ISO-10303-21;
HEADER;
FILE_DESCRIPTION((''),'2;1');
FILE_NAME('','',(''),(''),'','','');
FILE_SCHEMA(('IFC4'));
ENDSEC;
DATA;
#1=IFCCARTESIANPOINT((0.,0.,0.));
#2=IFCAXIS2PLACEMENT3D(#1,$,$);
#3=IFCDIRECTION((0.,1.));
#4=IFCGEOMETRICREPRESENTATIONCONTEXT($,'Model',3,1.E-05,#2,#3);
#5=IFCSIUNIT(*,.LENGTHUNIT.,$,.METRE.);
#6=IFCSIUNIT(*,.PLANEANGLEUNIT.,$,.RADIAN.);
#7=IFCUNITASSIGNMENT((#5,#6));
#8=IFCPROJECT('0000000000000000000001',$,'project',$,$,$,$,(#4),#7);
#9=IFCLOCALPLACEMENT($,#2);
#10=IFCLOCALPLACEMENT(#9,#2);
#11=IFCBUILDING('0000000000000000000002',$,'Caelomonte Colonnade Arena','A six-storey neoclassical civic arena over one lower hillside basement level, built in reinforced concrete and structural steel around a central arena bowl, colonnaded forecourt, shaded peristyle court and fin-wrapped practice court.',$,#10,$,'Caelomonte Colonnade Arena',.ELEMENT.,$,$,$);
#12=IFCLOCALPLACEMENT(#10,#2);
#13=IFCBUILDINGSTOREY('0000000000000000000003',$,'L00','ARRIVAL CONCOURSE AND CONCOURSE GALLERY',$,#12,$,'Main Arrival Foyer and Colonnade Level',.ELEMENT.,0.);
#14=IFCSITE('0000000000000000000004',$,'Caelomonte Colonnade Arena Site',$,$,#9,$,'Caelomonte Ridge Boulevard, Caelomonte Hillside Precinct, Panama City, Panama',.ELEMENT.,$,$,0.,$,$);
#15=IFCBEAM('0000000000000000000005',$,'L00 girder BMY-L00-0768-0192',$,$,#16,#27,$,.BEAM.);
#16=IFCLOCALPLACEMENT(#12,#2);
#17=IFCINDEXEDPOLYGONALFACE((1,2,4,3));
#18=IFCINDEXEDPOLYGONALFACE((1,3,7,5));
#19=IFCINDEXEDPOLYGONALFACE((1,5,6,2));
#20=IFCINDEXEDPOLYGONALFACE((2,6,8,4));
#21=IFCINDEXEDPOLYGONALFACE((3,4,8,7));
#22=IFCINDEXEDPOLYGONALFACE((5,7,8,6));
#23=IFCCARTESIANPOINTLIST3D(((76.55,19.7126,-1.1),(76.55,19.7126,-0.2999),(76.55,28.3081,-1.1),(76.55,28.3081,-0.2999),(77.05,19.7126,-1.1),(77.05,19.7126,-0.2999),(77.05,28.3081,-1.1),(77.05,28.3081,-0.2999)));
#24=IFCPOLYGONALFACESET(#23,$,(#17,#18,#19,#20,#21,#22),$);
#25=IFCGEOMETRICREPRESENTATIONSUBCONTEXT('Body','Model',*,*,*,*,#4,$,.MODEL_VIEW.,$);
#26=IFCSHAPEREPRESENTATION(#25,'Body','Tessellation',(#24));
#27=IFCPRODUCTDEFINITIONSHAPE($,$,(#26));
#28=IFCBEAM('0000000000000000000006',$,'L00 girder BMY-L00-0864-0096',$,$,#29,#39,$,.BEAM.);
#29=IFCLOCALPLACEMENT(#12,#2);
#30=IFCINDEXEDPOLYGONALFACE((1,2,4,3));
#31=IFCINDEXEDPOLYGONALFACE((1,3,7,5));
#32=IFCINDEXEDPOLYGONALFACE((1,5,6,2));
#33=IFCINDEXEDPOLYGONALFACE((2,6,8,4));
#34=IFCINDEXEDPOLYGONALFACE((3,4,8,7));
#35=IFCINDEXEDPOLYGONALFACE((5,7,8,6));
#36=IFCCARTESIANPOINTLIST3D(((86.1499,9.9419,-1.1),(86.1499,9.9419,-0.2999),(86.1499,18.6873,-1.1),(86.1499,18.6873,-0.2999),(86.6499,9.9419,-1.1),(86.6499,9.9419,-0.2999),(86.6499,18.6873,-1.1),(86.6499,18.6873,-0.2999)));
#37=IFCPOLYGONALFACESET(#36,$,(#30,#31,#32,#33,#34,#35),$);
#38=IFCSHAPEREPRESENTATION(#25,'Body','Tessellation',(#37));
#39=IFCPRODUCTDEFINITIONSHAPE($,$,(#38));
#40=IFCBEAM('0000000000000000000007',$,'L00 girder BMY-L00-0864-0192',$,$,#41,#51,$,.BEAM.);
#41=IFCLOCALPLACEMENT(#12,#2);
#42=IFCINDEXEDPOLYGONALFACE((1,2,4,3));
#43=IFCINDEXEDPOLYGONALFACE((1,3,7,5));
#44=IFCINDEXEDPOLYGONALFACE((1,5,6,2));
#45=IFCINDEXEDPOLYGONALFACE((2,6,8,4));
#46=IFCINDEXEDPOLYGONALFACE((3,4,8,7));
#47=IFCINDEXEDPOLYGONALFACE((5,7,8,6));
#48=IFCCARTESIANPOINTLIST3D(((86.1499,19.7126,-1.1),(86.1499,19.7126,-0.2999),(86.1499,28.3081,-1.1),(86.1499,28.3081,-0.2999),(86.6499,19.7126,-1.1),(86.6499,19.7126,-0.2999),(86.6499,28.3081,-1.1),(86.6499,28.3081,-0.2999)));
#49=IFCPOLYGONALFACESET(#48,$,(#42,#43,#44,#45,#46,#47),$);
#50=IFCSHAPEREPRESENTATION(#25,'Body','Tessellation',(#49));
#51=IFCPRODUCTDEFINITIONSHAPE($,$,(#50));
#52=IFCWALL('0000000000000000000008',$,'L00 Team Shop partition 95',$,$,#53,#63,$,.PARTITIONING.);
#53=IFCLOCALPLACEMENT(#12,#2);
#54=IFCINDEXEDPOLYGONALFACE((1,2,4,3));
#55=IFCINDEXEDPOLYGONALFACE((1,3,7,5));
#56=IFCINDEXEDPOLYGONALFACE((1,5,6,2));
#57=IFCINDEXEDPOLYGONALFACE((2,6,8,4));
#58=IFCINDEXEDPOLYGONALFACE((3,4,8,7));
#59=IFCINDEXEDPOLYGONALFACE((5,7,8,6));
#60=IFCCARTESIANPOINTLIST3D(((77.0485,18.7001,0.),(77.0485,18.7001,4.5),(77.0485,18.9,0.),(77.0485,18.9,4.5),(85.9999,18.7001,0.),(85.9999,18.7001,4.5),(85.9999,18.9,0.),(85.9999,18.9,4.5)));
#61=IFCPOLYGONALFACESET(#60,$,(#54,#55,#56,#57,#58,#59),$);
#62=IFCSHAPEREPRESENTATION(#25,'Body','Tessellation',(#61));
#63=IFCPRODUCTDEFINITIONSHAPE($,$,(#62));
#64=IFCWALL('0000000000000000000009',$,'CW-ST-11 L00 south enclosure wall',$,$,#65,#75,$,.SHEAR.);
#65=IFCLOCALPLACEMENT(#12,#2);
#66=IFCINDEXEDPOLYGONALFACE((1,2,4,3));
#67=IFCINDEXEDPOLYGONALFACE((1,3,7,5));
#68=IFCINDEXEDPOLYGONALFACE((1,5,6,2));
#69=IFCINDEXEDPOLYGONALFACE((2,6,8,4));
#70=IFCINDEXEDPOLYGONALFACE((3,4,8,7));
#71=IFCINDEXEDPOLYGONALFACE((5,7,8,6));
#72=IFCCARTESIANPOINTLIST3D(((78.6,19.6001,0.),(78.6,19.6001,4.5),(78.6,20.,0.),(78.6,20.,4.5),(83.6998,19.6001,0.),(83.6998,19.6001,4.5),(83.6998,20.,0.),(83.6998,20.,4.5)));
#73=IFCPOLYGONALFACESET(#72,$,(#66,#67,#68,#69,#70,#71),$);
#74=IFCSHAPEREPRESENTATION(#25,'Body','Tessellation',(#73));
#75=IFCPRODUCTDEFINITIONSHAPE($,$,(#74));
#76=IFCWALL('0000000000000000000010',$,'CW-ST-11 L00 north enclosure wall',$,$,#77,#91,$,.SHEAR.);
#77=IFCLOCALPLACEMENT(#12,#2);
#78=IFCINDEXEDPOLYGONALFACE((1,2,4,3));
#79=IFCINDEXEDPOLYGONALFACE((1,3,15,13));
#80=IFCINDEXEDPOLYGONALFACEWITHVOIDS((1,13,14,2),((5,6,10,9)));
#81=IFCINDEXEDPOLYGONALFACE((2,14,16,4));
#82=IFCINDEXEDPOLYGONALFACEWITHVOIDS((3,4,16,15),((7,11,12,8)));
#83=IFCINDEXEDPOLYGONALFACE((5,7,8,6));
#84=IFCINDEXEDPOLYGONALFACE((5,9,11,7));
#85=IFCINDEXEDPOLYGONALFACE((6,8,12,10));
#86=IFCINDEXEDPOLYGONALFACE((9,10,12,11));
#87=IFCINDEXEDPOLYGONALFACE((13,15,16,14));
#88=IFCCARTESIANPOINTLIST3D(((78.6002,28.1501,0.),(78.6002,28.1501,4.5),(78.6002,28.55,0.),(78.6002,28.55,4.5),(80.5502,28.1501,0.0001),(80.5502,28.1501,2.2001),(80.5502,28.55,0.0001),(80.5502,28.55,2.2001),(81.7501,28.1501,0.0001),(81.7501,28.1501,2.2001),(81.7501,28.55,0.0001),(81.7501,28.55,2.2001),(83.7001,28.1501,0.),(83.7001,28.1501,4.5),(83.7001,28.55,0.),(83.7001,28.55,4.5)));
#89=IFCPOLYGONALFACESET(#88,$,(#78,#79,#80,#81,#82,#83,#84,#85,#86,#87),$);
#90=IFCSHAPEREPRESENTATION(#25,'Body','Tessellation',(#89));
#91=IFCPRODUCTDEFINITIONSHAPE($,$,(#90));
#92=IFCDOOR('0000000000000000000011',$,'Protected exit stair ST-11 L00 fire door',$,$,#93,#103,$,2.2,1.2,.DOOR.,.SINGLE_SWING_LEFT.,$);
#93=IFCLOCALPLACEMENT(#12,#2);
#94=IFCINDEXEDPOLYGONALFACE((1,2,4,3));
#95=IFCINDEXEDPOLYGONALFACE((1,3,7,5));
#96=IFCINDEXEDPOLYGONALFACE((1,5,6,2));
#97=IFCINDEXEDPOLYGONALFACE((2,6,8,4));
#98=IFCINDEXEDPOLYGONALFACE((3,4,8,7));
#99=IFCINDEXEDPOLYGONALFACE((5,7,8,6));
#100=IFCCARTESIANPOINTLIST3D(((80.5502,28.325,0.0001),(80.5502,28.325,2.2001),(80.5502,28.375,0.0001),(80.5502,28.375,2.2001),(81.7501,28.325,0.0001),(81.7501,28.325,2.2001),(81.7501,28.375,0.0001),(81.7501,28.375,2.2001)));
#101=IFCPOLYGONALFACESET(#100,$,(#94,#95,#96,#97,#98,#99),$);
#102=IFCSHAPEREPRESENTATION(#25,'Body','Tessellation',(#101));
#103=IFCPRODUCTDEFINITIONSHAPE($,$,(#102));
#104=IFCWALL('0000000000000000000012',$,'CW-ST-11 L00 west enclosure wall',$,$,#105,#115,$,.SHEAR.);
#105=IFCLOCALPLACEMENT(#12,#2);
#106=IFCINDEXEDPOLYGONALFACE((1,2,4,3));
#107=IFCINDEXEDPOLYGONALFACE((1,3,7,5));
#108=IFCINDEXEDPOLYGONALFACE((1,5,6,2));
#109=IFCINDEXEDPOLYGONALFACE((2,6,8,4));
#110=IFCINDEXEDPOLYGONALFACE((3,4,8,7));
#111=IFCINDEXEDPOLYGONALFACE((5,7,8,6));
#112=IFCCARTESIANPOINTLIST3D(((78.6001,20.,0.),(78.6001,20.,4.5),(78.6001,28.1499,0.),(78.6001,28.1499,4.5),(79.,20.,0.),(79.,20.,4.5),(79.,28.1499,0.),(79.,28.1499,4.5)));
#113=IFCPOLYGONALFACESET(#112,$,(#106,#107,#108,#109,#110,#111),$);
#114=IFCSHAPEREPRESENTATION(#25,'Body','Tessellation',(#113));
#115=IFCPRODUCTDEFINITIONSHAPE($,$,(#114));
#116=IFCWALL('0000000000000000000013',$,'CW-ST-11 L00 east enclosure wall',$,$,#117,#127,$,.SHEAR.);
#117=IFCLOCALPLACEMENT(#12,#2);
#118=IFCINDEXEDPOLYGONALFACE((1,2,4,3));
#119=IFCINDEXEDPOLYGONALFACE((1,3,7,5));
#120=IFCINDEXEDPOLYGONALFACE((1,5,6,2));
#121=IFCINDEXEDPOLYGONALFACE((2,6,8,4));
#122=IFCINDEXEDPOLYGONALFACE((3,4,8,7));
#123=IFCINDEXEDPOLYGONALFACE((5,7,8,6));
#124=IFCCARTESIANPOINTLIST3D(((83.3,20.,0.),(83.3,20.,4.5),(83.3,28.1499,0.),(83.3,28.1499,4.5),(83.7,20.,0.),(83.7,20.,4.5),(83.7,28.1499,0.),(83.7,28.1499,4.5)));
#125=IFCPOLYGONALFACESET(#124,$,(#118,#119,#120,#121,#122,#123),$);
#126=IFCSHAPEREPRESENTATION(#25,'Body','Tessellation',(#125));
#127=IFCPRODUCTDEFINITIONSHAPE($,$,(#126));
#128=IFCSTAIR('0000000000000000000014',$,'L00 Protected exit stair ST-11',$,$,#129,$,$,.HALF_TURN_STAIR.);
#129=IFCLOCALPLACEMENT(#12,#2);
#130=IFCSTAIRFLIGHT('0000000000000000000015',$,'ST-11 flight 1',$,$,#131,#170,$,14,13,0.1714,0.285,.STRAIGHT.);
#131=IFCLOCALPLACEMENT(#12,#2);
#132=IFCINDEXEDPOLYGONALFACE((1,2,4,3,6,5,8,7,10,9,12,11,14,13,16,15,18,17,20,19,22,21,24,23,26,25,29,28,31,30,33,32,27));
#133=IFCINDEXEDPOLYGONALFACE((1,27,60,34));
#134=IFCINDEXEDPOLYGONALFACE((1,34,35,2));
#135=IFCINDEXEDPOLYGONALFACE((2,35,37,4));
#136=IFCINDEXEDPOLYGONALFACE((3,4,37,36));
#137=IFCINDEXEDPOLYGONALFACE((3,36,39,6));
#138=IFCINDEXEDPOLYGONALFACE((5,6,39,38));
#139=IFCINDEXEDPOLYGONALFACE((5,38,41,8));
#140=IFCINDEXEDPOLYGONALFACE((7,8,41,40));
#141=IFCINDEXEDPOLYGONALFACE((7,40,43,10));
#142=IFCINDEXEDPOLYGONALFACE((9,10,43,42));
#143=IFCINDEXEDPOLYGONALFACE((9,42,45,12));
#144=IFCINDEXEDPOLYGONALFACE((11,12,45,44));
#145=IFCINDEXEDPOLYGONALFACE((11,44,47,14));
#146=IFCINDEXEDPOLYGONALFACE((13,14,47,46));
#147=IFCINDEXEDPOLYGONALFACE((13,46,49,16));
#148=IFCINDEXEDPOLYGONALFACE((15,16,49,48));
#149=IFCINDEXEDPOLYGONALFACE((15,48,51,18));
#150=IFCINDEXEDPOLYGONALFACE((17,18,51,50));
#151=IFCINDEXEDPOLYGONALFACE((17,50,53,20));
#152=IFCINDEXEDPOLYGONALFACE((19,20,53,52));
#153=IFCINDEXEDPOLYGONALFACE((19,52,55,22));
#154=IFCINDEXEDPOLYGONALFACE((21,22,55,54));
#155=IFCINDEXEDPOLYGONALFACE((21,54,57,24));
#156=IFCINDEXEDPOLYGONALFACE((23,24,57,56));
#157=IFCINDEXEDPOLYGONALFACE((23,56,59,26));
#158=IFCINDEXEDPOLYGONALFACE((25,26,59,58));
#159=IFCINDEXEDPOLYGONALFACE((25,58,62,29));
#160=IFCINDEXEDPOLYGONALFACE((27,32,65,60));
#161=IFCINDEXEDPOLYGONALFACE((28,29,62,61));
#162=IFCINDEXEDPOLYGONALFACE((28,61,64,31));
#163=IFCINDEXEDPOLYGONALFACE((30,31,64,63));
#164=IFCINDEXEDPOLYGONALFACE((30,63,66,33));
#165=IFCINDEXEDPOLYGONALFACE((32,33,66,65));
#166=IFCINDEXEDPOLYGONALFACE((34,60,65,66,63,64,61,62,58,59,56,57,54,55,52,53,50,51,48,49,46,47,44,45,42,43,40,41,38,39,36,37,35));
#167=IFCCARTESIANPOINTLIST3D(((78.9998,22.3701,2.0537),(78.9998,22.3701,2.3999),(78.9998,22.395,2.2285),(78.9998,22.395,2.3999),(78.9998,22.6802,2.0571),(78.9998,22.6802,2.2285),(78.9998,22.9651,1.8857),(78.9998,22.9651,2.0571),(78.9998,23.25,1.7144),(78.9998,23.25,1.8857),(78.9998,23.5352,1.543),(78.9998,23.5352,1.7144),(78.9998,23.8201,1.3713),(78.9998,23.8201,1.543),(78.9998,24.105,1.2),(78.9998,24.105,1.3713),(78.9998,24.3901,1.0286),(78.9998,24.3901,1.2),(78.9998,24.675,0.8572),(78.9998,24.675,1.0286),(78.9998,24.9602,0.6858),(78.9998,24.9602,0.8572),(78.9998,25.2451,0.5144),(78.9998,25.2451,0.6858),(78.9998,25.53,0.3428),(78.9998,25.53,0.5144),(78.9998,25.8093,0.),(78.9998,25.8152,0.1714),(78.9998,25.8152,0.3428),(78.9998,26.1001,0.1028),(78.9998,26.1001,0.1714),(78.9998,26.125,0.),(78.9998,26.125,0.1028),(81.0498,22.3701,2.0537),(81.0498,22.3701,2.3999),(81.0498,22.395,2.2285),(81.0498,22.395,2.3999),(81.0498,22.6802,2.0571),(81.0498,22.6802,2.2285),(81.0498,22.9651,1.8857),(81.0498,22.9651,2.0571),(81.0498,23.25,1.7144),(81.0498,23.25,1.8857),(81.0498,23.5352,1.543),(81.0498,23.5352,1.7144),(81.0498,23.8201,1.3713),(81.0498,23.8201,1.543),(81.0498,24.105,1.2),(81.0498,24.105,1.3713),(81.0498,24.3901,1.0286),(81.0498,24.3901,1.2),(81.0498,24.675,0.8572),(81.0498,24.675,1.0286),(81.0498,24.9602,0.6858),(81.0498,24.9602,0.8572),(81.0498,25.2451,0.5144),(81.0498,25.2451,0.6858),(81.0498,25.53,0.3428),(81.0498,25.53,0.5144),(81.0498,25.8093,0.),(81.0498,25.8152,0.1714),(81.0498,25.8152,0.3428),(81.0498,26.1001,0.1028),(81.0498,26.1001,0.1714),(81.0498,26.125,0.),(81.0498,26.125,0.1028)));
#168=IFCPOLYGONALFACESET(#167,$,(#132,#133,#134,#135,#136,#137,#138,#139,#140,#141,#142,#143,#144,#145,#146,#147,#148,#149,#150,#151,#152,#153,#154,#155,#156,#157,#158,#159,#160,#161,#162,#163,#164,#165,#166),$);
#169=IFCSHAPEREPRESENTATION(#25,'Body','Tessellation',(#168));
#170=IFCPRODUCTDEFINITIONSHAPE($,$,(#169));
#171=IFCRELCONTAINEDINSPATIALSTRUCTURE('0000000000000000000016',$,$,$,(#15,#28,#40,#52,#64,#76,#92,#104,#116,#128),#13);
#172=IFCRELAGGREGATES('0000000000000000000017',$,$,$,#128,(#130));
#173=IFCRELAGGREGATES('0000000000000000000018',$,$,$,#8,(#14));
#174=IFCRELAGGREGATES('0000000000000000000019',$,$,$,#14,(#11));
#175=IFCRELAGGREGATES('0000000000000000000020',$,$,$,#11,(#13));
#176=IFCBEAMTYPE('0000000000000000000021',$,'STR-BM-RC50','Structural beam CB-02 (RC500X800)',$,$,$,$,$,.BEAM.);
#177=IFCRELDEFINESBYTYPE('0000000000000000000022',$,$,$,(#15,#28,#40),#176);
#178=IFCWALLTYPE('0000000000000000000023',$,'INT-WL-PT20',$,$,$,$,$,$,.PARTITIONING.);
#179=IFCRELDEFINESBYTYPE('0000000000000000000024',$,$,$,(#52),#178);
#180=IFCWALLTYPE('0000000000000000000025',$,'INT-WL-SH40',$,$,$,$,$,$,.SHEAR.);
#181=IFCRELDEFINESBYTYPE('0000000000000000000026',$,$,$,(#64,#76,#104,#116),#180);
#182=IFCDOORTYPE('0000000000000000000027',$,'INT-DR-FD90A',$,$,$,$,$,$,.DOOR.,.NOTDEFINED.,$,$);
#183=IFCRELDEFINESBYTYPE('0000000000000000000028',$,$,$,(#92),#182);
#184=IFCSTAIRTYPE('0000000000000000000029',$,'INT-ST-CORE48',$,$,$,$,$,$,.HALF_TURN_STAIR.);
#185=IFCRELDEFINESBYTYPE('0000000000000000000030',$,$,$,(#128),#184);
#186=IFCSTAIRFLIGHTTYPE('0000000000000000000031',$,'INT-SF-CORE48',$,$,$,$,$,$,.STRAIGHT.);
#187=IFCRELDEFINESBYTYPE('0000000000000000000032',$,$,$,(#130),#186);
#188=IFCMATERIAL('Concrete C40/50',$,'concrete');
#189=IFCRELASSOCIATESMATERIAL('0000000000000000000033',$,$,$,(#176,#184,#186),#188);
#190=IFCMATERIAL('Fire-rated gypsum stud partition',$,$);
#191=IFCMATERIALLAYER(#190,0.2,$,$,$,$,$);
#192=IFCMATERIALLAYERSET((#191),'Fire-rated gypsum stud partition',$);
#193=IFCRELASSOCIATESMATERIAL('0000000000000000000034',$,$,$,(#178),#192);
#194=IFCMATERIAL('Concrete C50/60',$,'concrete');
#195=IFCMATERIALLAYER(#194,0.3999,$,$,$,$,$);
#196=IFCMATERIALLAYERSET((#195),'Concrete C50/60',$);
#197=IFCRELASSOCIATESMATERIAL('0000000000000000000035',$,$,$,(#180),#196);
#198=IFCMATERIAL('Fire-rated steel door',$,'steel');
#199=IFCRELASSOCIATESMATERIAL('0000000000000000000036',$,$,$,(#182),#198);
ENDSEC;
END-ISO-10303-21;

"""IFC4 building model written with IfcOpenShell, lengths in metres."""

from ifc_helpers import new_model, si_unit, direction, frame, frame_2d, origin, origin_2d, place, context, subcontext, project, spatial, polyline, rectangle, outline, extrude, material, layer, layer_set, material_profile, profile_set, type_object, element, fill, aggregate, save


model = new_model("IFC4")

# Units and contexts
model_context = context("Model", 3, precision=1e-05, world=origin(), true_north=direction((0.0, 1.0)))
body_context = subcontext(model_context, "Body", "Model", "MODEL_VIEW")
ifc_project = project(units=[si_unit("LENGTHUNIT", "METRE"), si_unit("PLANEANGLEUNIT", "RADIAN")], contexts=[model_context])

# Site, building, storey
site_placement = place(None, origin())
site = spatial("IfcSite", under=ifc_project, at=site_placement, Name="Caelomonte Colonnade Arena Site", LongName="Caelomonte Ridge Boulevard, Caelomonte Hillside Precinct, Panama City, Panama", CompositionType="ELEMENT", RefElevation=0.0)
building_placement = place(site_placement, origin())
building = spatial("IfcBuilding", under=site, at=building_placement, Name="Caelomonte Colonnade Arena", Description="A six-storey neoclassical civic arena over one lower hillside basement level, built in reinforced concrete and structural steel around a central arena bowl, colonnaded forecourt, shaded peristyle court and fin-wrapped practice court.", LongName="Caelomonte Colonnade Arena", CompositionType="ELEMENT")
storey_placement = place(building_placement, origin())
storey = spatial("IfcBuildingStorey", under=building, at=storey_placement, Name="L00", Description="ARRIVAL CONCOURSE AND CONCOURSE GALLERY", LongName="Main Arrival Foyer and Colonnade Level", CompositionType="ELEMENT", Elevation=0.0)

# Shared definitions
ifc_material_1 = material(Name="Concrete C50/60", Category="concrete")
ifc_material_2 = material(Name="Concrete C40/50", Category="concrete")

# Beams
ifc_material_profile_1 = material_profile(ifc_material_2, rectangle(XDim=0.5, YDim=0.8, at=origin_2d()), Name="RC500X800")
ifc_profile_set_1 = profile_set([ifc_material_profile_1], Name="Concrete C40/50")
beam_type_1 = type_object("IfcBeamType", Name="STR-BM-RC50", Description="Structural beam CB-02 (RC500X800)", PredefinedType="BEAM", material=ifc_profile_set_1)
beam_1_placement = place(storey_placement, frame((76.8, 19.7126, -0.7), z_axis=(0.0, 1.0, 0.0), x_axis=(-1.0, 0.0, 0.0)))
element("IfcBeam", 1, at=beam_1_placement, inside=storey, type_object=beam_type_1, Name="L00 girder BMY-L00-0768-0192", PredefinedType="BEAM", context=body_context, shape_type="SweptSolid", body=[
    extrude(rectangle(XDim=0.5, YDim=0.8, at=origin_2d()), origin(), (0.0, 0.0, 1.0), 8.5955),
])
beam_2_placement = place(storey_placement, frame((86.3999, 9.9419, -0.7), z_axis=(0.0, 1.0, 0.0), x_axis=(-1.0, 0.0, 0.0)))
element("IfcBeam", 2, at=beam_2_placement, inside=storey, type_object=beam_type_1, Name="L00 girder BMY-L00-0864-0096", PredefinedType="BEAM", context=body_context, shape_type="SweptSolid", body=[
    extrude(rectangle(XDim=0.5, YDim=0.8, at=origin_2d()), origin(), (0.0, 0.0, 1.0), 8.7454),
])
beam_3_placement = place(storey_placement, frame((86.3999, 19.7126, -0.7), z_axis=(0.0, 1.0, 0.0), x_axis=(-1.0, 0.0, 0.0)))
element("IfcBeam", 3, at=beam_3_placement, inside=storey, type_object=beam_type_1, Name="L00 girder BMY-L00-0864-0192", PredefinedType="BEAM", context=body_context, shape_type="SweptSolid", body=[
    extrude(rectangle(XDim=0.5, YDim=0.8, at=origin_2d()), origin(), (0.0, 0.0, 1.0), 8.5955),
])

# Walls
ifc_material_3 = material(Name="Fire-rated gypsum stud partition")
ifc_layer_1 = layer(ifc_material_3, 0.2)
ifc_layer_set_1 = layer_set([ifc_layer_1], Name="Fire-rated gypsum stud partition")
wall_type_1 = type_object("IfcWallType", Name="INT-WL-PT20", PredefinedType="PARTITIONING", material=ifc_layer_set_1)
wall_1_placement = place(storey_placement, frame((77.0486, 18.8, 0.0), z_axis=(0.0, 0.0, 1.0), x_axis=(1.0, 0.0, 0.0)))
element("IfcWall", 4, at=wall_1_placement, inside=storey, type_object=wall_type_1, Name="L00 Team Shop partition 95", PredefinedType="PARTITIONING", context=body_context, shape_type="SweptSolid", body=[
    extrude(rectangle(XDim=8.9514, YDim=0.2, at=frame_2d((4.4756, 0.0))), origin(), (0.0, 0.0, 1.0), 4.5),
])
ifc_layer_2 = layer(ifc_material_1, 0.3999)
ifc_layer_set_2 = layer_set([ifc_layer_2], Name="Concrete C50/60")
wall_type_2 = type_object("IfcWallType", Name="INT-WL-SH40", PredefinedType="SHEAR", material=ifc_layer_set_2)
wall_2_placement = place(storey_placement, frame((78.6001, 19.8, 0.0), z_axis=(0.0, 0.0, 1.0), x_axis=(1.0, 0.0, 0.0)))
element("IfcWall", 5, at=wall_2_placement, inside=storey, type_object=wall_type_2, Name="CW-ST-11 L00 south enclosure wall", PredefinedType="SHEAR", context=body_context, shape_type="SweptSolid", body=[
    extrude(rectangle(XDim=5.0999, YDim=0.3999, at=frame_2d((2.5498, 0.0))), origin(), (0.0, 0.0, 1.0), 4.5),
])

# Wall, opening, door
wall_3_placement = place(storey_placement, frame((83.7, 28.3501, 0.0), z_axis=(0.0, 0.0, 1.0), x_axis=(-1.0, 0.0, 0.0)))
wall_3 = element("IfcWall", 6, at=wall_3_placement, inside=storey, type_object=wall_type_2, Name="CW-ST-11 L00 north enclosure wall", PredefinedType="SHEAR", context=body_context, shape_type="SweptSolid", body=[
    extrude(rectangle(XDim=5.0999, YDim=0.3999, at=frame_2d((2.5498, 0.0))), origin(), (0.0, 0.0, 1.0), 4.5),
])
opening_1_placement = place(wall_3_placement, frame((3.1499, 0.0, 0.0), z_axis=(0.0, 0.0, 1.0), x_axis=(-1.0, 0.0, 0.0)))
opening_1 = element("IfcOpeningElement", 7, at=opening_1_placement, cuts=wall_3, PredefinedType="OPENING", context=body_context, shape_type="SweptSolid", body=[
    extrude(rectangle(XDim=1.2, YDim=2.2, at=frame_2d((0.6001, 1.1001))), frame((0.0, 0.21, 0.0), z_axis=(0.0, -1.0, 0.0), x_axis=(1.0, 0.0, 0.0)), (0.0, 0.0, 1.0), 0.4199),
])
ifc_material_4 = material(Name="Fire-rated steel door", Category="steel")
door_type_1 = type_object("IfcDoorType", Name="INT-DR-FD90A", OperationType="NOTDEFINED", PredefinedType="DOOR", material=ifc_material_4)
door_1_placement = place(opening_1_placement, origin())
door_1 = element("IfcDoor", 8, at=door_1_placement, inside=storey, type_object=door_type_1, Name="Protected exit stair ST-11 L00 fire door", OperationType="SINGLE_SWING_LEFT", OverallHeight=2.2, OverallWidth=1.2, PredefinedType="DOOR", context=body_context, shape_type="SweptSolid", body=[
    extrude(rectangle(XDim=1.2, YDim=2.2, at=frame_2d((0.6001, 1.1001))), frame((0.0, 0.0249, 0.0), z_axis=(0.0, -1.0, 0.0), x_axis=(1.0, 0.0, 0.0)), (0.0, 0.0, 1.0), 0.05),
])
fill(opening_1, door_1)

# Walls
for number, where, z_axis, x_axis, name in (
    (9, (78.8, 28.1499, 0.0), (0.0, 0.0, 1.0), (0.0, -1.0, 0.0), "CW-ST-11 L00 west enclosure wall"),
    (10, (83.5, 20.0, 0.0), (0.0, 0.0, 1.0), (0.0, 1.0, 0.0), "CW-ST-11 L00 east enclosure wall"),
):
    element("IfcWall", number, at=place(storey_placement, frame(where, z_axis=z_axis, x_axis=x_axis)), inside=storey, type_object=wall_type_2, Name=name, PredefinedType="SHEAR", context=body_context, shape_type="SweptSolid", body=[
        extrude(rectangle(XDim=8.1499, YDim=0.3999, at=frame_2d((4.075, 0.0))), origin(), (0.0, 0.0, 1.0), 4.5),
    ])

# Stair, stair flight
stair_type = type_object("IfcStairType", Name="INT-ST-CORE48", PredefinedType="HALF_TURN_STAIR", material=ifc_material_2)
stair_placement = place(storey_placement, origin())
stair = element("IfcStair", 11, at=stair_placement, inside=storey, type_object=stair_type, Name="L00 Protected exit stair ST-11", PredefinedType="HALF_TURN_STAIR")
stair_flight_type = type_object("IfcStairFlightType", Name="INT-SF-CORE48", PredefinedType="STRAIGHT", material=ifc_material_2)
stair_flight_1_placement = place(storey_placement, frame((80.0249, 26.1001, 0.0), z_axis=(0.0, 0.0, 1.0), x_axis=(0.0, -1.0, 0.0)))
stair_flight_1 = element("IfcStairFlight", 12, at=stair_flight_1_placement, type_object=stair_flight_type, Name="ST-11 flight 1", NumberOfRisers=14, NumberOfTreads=13, PredefinedType="STRAIGHT", RiserHeight=0.1714, TreadLength=0.285, context=body_context, shape_type="SweptSolid", body=[
    extrude(outline(polyline([(-0.0249, 0.0), (-0.0249, 0.1028), (0.0, 0.1028), (0.0, 0.1714), (0.2849, 0.1714), (0.2849, 0.3428), (0.5701, 0.3428), (0.5701, 0.5144), (0.855, 0.5144), (0.855, 0.6858), (1.1399, 0.6858), (1.1399, 0.8572), (1.425, 0.8572), (1.425, 1.0286), (1.71, 1.0286), (1.71, 1.2), (1.9951, 1.2), (1.9951, 1.3713), (2.28, 1.3713), (2.28, 1.543), (2.5649, 1.543), (2.5649, 1.7144), (2.8501, 1.7144), (2.8501, 1.8857), (3.135, 1.8857), (3.135, 2.0571), (3.4199, 2.0571), (3.4199, 2.2285), (3.7051, 2.2285), (3.7051, 2.3999), (3.73, 2.3999), (3.73, 2.0537), (0.2908, 0.0), (-0.0249, 0.0)])), frame((0.0, 1.0249, 0.0), z_axis=(0.0, -1.0, 0.0), x_axis=(1.0, 0.0, 0.0)), (0.0, 0.0, 1.0), 2.05),
])
aggregate(stair, [stair_flight_1])

save(model, "model.ifc")
